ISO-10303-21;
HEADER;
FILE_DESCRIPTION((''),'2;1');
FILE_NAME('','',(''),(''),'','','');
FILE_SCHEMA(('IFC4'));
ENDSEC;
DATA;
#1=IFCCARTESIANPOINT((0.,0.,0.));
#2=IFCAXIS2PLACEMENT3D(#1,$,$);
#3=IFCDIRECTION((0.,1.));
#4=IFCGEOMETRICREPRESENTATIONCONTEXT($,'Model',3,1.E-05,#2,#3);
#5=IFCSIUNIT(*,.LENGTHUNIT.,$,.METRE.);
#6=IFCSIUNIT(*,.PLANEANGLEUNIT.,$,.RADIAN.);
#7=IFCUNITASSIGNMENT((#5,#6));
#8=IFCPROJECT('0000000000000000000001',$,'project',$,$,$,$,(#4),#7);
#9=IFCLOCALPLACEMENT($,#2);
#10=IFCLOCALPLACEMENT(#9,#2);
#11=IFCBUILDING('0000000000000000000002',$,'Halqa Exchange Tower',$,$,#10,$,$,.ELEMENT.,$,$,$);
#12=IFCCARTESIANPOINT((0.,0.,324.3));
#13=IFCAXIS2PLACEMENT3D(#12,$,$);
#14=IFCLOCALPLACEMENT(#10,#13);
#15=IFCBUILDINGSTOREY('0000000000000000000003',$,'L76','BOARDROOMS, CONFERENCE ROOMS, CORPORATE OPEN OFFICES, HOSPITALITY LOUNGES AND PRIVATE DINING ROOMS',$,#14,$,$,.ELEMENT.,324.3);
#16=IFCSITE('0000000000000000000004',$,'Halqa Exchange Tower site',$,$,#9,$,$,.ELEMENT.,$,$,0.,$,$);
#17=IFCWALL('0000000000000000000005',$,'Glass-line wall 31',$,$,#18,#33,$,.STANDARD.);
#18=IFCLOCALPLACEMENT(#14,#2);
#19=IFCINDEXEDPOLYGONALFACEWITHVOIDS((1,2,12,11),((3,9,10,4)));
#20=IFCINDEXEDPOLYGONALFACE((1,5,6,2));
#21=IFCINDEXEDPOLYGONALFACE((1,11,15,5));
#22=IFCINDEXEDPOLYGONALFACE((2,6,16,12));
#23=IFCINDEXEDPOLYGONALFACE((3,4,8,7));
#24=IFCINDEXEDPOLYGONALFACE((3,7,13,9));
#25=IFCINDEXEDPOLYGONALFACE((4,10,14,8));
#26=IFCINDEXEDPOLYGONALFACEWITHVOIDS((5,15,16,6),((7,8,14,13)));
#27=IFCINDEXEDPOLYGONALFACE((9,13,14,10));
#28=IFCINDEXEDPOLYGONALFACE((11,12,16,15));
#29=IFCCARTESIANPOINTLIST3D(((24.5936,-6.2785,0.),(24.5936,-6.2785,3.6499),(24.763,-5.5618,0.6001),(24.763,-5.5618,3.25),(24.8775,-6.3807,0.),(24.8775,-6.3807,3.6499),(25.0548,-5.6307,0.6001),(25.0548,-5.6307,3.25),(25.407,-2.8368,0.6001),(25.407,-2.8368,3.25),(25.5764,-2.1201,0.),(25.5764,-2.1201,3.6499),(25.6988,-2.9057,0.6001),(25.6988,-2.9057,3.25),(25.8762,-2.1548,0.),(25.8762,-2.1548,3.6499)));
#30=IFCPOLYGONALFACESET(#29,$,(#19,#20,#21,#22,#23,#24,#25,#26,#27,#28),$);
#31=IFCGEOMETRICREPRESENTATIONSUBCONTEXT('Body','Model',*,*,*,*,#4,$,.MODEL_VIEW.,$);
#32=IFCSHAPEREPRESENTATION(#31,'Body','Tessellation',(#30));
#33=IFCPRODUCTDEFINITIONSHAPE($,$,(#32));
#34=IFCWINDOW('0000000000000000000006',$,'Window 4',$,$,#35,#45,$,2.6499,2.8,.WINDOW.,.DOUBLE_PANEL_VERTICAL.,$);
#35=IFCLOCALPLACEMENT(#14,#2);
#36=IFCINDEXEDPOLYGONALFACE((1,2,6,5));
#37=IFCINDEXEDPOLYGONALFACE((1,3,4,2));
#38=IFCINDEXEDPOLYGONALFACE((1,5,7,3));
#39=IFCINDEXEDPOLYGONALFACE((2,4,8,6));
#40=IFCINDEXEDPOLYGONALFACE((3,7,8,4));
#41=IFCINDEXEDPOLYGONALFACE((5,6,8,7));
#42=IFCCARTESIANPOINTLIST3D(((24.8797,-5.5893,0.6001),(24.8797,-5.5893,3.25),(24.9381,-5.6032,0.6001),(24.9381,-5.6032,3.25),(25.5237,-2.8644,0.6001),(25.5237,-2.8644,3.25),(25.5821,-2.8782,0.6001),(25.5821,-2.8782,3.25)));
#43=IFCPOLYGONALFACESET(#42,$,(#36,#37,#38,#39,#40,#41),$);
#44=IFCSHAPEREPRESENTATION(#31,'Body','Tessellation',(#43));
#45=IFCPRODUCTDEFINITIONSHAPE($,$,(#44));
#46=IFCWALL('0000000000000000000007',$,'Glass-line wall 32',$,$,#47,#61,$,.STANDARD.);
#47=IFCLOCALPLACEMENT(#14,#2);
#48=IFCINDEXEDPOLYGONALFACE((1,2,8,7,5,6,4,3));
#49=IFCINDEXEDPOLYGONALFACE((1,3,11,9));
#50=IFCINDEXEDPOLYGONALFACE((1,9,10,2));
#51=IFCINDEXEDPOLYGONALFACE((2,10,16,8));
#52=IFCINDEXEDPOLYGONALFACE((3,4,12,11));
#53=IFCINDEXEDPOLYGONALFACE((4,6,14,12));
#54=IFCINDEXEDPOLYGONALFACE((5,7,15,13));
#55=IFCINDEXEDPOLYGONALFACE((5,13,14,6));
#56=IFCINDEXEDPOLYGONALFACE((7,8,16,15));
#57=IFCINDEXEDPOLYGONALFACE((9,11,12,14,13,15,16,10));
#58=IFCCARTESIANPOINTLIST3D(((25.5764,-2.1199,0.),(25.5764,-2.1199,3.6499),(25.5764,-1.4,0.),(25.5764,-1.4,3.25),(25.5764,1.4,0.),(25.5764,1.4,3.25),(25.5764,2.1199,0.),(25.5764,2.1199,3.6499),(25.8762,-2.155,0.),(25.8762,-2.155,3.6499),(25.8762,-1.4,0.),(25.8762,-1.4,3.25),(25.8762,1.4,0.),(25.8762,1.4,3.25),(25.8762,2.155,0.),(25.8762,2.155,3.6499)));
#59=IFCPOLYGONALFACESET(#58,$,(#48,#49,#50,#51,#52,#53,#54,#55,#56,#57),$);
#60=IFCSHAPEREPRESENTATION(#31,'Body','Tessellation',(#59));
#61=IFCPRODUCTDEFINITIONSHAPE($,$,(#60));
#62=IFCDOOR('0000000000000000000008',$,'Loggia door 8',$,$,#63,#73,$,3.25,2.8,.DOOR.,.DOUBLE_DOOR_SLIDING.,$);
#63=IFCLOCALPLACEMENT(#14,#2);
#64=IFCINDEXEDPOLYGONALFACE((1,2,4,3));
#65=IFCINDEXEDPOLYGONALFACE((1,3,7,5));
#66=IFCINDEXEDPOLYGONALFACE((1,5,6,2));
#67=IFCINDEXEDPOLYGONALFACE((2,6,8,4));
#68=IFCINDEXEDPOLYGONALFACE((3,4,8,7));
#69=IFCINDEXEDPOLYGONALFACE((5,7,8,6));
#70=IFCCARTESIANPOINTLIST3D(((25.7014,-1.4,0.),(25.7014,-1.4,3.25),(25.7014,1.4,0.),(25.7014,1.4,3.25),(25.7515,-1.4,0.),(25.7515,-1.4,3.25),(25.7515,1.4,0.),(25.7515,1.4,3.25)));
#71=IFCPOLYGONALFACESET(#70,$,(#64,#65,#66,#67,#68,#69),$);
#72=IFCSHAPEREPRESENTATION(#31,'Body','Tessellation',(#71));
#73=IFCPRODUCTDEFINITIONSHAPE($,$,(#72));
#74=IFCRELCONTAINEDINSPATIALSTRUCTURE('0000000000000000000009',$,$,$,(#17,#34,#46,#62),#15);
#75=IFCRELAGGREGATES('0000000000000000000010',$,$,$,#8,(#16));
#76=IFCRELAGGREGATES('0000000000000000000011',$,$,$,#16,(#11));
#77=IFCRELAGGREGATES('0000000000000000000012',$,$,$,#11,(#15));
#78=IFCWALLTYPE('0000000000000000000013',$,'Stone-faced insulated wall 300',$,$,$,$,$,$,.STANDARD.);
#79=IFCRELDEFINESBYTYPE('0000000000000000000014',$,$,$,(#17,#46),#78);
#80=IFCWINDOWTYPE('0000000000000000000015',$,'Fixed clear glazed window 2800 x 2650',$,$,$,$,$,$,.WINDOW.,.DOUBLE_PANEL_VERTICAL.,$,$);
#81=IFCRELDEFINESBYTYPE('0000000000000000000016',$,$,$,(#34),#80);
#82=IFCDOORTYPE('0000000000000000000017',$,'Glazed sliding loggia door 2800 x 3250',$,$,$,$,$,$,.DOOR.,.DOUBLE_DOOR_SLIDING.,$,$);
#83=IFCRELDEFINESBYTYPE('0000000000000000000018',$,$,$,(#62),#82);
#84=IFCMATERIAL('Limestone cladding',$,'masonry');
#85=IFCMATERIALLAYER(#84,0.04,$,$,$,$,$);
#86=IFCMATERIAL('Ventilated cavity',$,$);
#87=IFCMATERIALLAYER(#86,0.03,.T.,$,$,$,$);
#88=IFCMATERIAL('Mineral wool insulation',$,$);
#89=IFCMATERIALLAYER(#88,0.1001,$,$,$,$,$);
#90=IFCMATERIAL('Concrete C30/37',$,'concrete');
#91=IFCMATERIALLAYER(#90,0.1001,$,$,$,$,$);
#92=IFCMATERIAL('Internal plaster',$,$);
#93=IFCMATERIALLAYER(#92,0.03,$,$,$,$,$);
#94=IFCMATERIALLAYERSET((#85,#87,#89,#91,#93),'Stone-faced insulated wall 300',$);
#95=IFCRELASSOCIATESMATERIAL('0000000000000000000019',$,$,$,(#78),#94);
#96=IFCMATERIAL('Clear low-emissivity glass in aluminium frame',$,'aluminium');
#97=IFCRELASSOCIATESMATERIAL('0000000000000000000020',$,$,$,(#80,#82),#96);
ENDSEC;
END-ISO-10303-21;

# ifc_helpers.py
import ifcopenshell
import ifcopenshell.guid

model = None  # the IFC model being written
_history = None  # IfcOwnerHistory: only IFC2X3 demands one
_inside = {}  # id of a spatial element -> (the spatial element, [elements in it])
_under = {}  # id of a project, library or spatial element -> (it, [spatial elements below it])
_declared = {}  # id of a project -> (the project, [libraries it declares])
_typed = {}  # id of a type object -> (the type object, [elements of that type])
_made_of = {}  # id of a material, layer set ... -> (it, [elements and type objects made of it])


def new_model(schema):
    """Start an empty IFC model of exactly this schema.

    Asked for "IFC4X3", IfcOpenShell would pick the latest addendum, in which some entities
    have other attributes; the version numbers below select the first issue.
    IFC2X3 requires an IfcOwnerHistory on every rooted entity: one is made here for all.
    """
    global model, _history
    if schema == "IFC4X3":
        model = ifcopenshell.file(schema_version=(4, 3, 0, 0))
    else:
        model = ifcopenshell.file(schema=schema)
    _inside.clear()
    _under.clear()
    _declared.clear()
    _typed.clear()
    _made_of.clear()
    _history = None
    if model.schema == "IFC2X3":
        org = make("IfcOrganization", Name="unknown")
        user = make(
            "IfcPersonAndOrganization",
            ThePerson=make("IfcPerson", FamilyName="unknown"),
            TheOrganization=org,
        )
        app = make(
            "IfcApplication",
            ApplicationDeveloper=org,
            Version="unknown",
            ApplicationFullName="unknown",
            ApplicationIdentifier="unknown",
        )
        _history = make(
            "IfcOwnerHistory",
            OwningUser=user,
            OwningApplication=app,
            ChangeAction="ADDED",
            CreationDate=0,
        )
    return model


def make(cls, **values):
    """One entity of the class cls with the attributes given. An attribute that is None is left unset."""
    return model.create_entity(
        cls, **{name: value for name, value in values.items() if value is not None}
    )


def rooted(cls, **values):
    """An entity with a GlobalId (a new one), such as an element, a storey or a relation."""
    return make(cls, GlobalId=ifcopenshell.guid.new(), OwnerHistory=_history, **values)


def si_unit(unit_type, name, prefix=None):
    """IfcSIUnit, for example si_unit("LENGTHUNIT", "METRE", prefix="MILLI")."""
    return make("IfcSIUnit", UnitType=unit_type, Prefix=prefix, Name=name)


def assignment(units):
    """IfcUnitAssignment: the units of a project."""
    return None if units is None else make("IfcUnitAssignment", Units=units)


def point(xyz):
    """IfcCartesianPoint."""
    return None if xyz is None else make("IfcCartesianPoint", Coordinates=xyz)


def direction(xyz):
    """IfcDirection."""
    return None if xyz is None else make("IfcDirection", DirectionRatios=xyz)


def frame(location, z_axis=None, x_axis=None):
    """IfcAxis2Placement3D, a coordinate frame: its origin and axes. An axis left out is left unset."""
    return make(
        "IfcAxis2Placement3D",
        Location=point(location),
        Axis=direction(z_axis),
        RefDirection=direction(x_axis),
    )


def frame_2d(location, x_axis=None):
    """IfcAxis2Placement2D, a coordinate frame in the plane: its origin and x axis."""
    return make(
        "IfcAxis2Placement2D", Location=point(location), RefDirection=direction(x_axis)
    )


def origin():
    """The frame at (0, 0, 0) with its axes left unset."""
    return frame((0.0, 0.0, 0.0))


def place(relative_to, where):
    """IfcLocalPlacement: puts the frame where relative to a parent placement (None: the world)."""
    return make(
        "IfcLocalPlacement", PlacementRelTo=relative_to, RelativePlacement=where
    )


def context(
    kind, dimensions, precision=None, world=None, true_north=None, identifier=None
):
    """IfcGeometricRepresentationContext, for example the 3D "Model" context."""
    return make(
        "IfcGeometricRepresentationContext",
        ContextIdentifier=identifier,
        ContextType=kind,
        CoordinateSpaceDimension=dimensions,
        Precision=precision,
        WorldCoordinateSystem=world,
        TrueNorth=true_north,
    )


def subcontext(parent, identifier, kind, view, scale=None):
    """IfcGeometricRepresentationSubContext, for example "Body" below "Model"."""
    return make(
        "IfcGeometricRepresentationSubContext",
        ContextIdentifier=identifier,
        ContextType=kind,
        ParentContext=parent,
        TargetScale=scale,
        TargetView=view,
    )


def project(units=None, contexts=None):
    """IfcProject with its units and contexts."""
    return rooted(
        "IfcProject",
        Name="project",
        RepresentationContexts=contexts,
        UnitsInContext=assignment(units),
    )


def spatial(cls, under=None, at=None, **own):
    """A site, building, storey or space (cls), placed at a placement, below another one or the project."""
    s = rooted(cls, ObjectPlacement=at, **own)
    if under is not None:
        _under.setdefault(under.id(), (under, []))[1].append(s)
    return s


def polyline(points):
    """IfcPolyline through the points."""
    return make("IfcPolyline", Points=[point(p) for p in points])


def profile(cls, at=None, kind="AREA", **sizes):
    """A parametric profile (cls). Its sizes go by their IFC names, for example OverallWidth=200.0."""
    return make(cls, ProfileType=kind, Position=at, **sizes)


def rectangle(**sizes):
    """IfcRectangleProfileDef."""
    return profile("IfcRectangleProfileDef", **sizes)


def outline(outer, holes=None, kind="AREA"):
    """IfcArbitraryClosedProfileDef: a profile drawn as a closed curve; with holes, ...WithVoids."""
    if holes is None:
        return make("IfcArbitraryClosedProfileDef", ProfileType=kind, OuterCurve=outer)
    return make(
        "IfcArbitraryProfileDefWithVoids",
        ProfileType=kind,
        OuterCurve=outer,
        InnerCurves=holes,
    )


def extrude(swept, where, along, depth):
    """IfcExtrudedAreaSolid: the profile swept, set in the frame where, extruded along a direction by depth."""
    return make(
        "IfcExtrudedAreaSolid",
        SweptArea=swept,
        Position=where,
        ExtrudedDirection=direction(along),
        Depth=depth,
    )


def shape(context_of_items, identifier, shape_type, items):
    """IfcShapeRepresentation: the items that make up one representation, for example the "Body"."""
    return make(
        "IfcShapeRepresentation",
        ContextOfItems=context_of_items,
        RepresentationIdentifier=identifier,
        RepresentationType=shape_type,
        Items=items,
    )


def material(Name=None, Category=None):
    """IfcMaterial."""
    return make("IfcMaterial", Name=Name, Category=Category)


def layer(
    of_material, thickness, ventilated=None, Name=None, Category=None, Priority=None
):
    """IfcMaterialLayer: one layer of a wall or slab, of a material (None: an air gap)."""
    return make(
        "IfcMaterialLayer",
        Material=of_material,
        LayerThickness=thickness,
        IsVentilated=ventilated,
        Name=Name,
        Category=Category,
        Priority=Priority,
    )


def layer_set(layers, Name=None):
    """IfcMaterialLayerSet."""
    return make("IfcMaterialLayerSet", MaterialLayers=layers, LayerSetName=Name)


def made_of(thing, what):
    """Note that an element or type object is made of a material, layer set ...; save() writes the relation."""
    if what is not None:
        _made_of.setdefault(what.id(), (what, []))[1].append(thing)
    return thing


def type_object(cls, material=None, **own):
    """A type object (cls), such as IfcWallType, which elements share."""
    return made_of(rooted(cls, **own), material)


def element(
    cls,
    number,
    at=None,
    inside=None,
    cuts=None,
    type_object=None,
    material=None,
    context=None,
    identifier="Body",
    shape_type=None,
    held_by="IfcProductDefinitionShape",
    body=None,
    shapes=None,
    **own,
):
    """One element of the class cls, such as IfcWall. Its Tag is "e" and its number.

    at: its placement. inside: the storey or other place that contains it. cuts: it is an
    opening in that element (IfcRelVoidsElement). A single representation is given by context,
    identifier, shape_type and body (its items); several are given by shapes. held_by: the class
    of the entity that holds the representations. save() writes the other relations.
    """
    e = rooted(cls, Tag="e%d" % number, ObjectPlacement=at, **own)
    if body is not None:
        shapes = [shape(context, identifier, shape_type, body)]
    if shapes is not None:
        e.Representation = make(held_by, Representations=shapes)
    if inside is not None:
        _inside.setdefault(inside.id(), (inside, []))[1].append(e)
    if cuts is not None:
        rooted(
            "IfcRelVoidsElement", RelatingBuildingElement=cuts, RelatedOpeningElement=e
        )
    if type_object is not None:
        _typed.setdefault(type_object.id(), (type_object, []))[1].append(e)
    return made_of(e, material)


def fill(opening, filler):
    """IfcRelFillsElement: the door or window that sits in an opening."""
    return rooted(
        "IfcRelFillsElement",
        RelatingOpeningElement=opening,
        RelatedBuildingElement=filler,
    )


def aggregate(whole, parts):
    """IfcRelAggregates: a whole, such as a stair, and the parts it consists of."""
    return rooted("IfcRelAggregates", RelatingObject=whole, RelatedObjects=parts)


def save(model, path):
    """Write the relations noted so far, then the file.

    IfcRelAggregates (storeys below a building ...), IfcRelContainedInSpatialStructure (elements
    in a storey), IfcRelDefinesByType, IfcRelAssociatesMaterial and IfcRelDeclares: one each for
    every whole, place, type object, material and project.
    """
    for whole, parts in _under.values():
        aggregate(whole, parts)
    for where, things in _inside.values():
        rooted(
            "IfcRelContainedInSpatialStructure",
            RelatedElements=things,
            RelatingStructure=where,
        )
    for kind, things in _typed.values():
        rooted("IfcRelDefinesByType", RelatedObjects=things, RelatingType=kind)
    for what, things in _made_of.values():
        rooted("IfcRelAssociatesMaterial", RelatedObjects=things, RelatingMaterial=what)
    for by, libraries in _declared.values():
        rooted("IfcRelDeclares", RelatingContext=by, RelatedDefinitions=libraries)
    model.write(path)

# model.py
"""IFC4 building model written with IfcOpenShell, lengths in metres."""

from ifc_helpers import new_model, si_unit, direction, frame, frame_2d, origin, place, context, subcontext, project, spatial, polyline, rectangle, outline, extrude, material, layer, layer_set, type_object, element, fill, save


model = new_model("IFC4")

# Units and contexts
model_context = context("Model", 3, precision=1e-05, world=origin(), true_north=direction((0.0, 1.0)))
body_context = subcontext(model_context, "Body", "Model", "MODEL_VIEW")
ifc_project = project(units=[si_unit("LENGTHUNIT", "METRE"), si_unit("PLANEANGLEUNIT", "RADIAN")], contexts=[model_context])

# Site, building, storey
site_placement = place(None, origin())
site = spatial("IfcSite", under=ifc_project, at=site_placement, Name="Halqa Exchange Tower site", CompositionType="ELEMENT", RefElevation=0.0)
building_placement = place(site_placement, origin())
building = spatial("IfcBuilding", under=site, at=building_placement, Name="Halqa Exchange Tower", CompositionType="ELEMENT")
storey_placement = place(building_placement, frame((0.0, 0.0, 324.3)))
storey = spatial("IfcBuildingStorey", under=building, at=storey_placement, Name="L76", Description="BOARDROOMS, CONFERENCE ROOMS, CORPORATE OPEN OFFICES, HOSPITALITY LOUNGES AND PRIVATE DINING ROOMS", CompositionType="ELEMENT", Elevation=324.3)

# Wall, opening, window
ifc_material_1 = material(Name="Limestone cladding", Category="masonry")
ifc_layer_1 = layer(ifc_material_1, 0.04)
ifc_material_2 = material(Name="Ventilated cavity")
ifc_layer_2 = layer(ifc_material_2, 0.03, ventilated=True)
ifc_material_3 = material(Name="Mineral wool insulation")
ifc_layer_3 = layer(ifc_material_3, 0.1001)
ifc_material_4 = material(Name="Concrete C30/37", Category="concrete")
ifc_layer_4 = layer(ifc_material_4, 0.1001)
ifc_material_5 = material(Name="Internal plaster")
ifc_layer_5 = layer(ifc_material_5, 0.03)
ifc_layer_set_1 = layer_set([ifc_layer_1, ifc_layer_2, ifc_layer_3, ifc_layer_4, ifc_layer_5], Name="Stone-faced insulated wall 300")
wall_type_1 = type_object("IfcWallType", Name="Stone-faced insulated wall 300", PredefinedType="STANDARD", material=ifc_layer_set_1)
ifc_material_6 = material(Name="Clear low-emissivity glass in aluminium frame", Category="aluminium")
window_type = type_object("IfcWindowType", Name="Fixed clear glazed window 2800 x 2650", PartitioningType="DOUBLE_PANEL_VERTICAL", PredefinedType="WINDOW", material=ifc_material_6)
wall_1_placement = place(storey_placement, frame((24.7356, -6.3296, 0.0), z_axis=(0.0, 0.0, 1.0), x_axis=(0.229993, 0.973192, 0.0)))
wall_1 = element("IfcWall", 1, at=wall_1_placement, inside=storey, type_object=wall_type_1, Name="Glass-line wall 31", PredefinedType="STANDARD", context=body_context, shape_type="SweptSolid", body=[
    extrude(outline(polyline([(-0.0171, -0.1499), (4.3252, -0.1499), (4.29, 0.1499), (0.0171, 0.1499), (-0.0171, -0.1499)])), origin(), (0.0, 0.0, 1.0), 3.6499),
])
opening_1_placement = place(wall_1_placement, frame((0.7537, 0.0, 0.6001)))
opening_1 = element("IfcOpeningElement", 2, at=opening_1_placement, cuts=wall_1, PredefinedType="OPENING", context=body_context, shape_type="SweptSolid", body=[
    extrude(rectangle(XDim=2.8, YDim=2.6499, at=frame_2d((1.3999, 1.325))), frame((0.0, 0.1621, 0.0), z_axis=(0.0, -1.0, 0.0), x_axis=(1.0, 0.0, 0.0)), (0.0, 0.0, 1.0), 0.324),
])
window_1_placement = place(opening_1_placement, origin())
window_1 = element("IfcWindow", 3, at=window_1_placement, inside=storey, type_object=window_type, Name="Window 4", OverallHeight=2.6499, OverallWidth=2.8, PartitioningType="DOUBLE_PANEL_VERTICAL", PredefinedType="WINDOW", context=body_context, shape_type="SweptSolid", body=[
    extrude(rectangle(XDim=2.8, YDim=2.6499, at=frame_2d((1.3999, 1.325))), frame((0.0, 0.03, 0.0), z_axis=(0.0, -1.0, 0.0), x_axis=(1.0, 0.0, 0.0)), (0.0, 0.0, 1.0), 0.0601),
])
fill(opening_1, window_1)

# Wall, opening, door
wall_2_placement = place(storey_placement, frame((25.7263, -2.1375, 0.0), z_axis=(0.0, 0.0, 1.0), x_axis=(0.0, 1.0, 0.0)))
wall_2 = element("IfcWall", 4, at=wall_2_placement, inside=storey, type_object=wall_type_1, Name="Glass-line wall 32", PredefinedType="STANDARD", context=body_context, shape_type="SweptSolid", body=[
    extrude(outline(polyline([(-0.0176, -0.1499), (4.2925, -0.1499), (4.2573, 0.1499), (0.0176, 0.1499), (-0.0176, -0.1499)])), origin(), (0.0, 0.0, 1.0), 3.6499),
])
opening_2_placement = place(wall_2_placement, frame((0.7375, 0.0, 0.0)))
opening_2 = element("IfcOpeningElement", 5, at=opening_2_placement, cuts=wall_2, PredefinedType="OPENING", context=body_context, shape_type="SweptSolid", body=[
    extrude(rectangle(XDim=2.8, YDim=3.25, at=frame_2d((1.3999, 1.625))), frame((0.0, 0.1621, 0.0), z_axis=(0.0, -1.0, 0.0), x_axis=(1.0, 0.0, 0.0)), (0.0, 0.0, 1.0), 0.324),
])
door_type = type_object("IfcDoorType", Name="Glazed sliding loggia door 2800 x 3250", OperationType="DOUBLE_DOOR_SLIDING", PredefinedType="DOOR", material=ifc_material_6)
door_placement = place(opening_2_placement, origin())
door = element("IfcDoor", 6, at=door_placement, inside=storey, type_object=door_type, Name="Loggia door 8", OperationType="DOUBLE_DOOR_SLIDING", OverallHeight=3.25, OverallWidth=2.8, PredefinedType="DOOR", context=body_context, shape_type="SweptSolid", body=[
    extrude(rectangle(XDim=2.8, YDim=3.25, at=frame_2d((1.3999, 1.625))), frame((0.0, 0.0249, 0.0), z_axis=(0.0, -1.0, 0.0), x_axis=(1.0, 0.0, 0.0)), (0.0, 0.0, 1.0), 0.05),
])
fill(opening_2, door)

save(model, "model.ifc")
